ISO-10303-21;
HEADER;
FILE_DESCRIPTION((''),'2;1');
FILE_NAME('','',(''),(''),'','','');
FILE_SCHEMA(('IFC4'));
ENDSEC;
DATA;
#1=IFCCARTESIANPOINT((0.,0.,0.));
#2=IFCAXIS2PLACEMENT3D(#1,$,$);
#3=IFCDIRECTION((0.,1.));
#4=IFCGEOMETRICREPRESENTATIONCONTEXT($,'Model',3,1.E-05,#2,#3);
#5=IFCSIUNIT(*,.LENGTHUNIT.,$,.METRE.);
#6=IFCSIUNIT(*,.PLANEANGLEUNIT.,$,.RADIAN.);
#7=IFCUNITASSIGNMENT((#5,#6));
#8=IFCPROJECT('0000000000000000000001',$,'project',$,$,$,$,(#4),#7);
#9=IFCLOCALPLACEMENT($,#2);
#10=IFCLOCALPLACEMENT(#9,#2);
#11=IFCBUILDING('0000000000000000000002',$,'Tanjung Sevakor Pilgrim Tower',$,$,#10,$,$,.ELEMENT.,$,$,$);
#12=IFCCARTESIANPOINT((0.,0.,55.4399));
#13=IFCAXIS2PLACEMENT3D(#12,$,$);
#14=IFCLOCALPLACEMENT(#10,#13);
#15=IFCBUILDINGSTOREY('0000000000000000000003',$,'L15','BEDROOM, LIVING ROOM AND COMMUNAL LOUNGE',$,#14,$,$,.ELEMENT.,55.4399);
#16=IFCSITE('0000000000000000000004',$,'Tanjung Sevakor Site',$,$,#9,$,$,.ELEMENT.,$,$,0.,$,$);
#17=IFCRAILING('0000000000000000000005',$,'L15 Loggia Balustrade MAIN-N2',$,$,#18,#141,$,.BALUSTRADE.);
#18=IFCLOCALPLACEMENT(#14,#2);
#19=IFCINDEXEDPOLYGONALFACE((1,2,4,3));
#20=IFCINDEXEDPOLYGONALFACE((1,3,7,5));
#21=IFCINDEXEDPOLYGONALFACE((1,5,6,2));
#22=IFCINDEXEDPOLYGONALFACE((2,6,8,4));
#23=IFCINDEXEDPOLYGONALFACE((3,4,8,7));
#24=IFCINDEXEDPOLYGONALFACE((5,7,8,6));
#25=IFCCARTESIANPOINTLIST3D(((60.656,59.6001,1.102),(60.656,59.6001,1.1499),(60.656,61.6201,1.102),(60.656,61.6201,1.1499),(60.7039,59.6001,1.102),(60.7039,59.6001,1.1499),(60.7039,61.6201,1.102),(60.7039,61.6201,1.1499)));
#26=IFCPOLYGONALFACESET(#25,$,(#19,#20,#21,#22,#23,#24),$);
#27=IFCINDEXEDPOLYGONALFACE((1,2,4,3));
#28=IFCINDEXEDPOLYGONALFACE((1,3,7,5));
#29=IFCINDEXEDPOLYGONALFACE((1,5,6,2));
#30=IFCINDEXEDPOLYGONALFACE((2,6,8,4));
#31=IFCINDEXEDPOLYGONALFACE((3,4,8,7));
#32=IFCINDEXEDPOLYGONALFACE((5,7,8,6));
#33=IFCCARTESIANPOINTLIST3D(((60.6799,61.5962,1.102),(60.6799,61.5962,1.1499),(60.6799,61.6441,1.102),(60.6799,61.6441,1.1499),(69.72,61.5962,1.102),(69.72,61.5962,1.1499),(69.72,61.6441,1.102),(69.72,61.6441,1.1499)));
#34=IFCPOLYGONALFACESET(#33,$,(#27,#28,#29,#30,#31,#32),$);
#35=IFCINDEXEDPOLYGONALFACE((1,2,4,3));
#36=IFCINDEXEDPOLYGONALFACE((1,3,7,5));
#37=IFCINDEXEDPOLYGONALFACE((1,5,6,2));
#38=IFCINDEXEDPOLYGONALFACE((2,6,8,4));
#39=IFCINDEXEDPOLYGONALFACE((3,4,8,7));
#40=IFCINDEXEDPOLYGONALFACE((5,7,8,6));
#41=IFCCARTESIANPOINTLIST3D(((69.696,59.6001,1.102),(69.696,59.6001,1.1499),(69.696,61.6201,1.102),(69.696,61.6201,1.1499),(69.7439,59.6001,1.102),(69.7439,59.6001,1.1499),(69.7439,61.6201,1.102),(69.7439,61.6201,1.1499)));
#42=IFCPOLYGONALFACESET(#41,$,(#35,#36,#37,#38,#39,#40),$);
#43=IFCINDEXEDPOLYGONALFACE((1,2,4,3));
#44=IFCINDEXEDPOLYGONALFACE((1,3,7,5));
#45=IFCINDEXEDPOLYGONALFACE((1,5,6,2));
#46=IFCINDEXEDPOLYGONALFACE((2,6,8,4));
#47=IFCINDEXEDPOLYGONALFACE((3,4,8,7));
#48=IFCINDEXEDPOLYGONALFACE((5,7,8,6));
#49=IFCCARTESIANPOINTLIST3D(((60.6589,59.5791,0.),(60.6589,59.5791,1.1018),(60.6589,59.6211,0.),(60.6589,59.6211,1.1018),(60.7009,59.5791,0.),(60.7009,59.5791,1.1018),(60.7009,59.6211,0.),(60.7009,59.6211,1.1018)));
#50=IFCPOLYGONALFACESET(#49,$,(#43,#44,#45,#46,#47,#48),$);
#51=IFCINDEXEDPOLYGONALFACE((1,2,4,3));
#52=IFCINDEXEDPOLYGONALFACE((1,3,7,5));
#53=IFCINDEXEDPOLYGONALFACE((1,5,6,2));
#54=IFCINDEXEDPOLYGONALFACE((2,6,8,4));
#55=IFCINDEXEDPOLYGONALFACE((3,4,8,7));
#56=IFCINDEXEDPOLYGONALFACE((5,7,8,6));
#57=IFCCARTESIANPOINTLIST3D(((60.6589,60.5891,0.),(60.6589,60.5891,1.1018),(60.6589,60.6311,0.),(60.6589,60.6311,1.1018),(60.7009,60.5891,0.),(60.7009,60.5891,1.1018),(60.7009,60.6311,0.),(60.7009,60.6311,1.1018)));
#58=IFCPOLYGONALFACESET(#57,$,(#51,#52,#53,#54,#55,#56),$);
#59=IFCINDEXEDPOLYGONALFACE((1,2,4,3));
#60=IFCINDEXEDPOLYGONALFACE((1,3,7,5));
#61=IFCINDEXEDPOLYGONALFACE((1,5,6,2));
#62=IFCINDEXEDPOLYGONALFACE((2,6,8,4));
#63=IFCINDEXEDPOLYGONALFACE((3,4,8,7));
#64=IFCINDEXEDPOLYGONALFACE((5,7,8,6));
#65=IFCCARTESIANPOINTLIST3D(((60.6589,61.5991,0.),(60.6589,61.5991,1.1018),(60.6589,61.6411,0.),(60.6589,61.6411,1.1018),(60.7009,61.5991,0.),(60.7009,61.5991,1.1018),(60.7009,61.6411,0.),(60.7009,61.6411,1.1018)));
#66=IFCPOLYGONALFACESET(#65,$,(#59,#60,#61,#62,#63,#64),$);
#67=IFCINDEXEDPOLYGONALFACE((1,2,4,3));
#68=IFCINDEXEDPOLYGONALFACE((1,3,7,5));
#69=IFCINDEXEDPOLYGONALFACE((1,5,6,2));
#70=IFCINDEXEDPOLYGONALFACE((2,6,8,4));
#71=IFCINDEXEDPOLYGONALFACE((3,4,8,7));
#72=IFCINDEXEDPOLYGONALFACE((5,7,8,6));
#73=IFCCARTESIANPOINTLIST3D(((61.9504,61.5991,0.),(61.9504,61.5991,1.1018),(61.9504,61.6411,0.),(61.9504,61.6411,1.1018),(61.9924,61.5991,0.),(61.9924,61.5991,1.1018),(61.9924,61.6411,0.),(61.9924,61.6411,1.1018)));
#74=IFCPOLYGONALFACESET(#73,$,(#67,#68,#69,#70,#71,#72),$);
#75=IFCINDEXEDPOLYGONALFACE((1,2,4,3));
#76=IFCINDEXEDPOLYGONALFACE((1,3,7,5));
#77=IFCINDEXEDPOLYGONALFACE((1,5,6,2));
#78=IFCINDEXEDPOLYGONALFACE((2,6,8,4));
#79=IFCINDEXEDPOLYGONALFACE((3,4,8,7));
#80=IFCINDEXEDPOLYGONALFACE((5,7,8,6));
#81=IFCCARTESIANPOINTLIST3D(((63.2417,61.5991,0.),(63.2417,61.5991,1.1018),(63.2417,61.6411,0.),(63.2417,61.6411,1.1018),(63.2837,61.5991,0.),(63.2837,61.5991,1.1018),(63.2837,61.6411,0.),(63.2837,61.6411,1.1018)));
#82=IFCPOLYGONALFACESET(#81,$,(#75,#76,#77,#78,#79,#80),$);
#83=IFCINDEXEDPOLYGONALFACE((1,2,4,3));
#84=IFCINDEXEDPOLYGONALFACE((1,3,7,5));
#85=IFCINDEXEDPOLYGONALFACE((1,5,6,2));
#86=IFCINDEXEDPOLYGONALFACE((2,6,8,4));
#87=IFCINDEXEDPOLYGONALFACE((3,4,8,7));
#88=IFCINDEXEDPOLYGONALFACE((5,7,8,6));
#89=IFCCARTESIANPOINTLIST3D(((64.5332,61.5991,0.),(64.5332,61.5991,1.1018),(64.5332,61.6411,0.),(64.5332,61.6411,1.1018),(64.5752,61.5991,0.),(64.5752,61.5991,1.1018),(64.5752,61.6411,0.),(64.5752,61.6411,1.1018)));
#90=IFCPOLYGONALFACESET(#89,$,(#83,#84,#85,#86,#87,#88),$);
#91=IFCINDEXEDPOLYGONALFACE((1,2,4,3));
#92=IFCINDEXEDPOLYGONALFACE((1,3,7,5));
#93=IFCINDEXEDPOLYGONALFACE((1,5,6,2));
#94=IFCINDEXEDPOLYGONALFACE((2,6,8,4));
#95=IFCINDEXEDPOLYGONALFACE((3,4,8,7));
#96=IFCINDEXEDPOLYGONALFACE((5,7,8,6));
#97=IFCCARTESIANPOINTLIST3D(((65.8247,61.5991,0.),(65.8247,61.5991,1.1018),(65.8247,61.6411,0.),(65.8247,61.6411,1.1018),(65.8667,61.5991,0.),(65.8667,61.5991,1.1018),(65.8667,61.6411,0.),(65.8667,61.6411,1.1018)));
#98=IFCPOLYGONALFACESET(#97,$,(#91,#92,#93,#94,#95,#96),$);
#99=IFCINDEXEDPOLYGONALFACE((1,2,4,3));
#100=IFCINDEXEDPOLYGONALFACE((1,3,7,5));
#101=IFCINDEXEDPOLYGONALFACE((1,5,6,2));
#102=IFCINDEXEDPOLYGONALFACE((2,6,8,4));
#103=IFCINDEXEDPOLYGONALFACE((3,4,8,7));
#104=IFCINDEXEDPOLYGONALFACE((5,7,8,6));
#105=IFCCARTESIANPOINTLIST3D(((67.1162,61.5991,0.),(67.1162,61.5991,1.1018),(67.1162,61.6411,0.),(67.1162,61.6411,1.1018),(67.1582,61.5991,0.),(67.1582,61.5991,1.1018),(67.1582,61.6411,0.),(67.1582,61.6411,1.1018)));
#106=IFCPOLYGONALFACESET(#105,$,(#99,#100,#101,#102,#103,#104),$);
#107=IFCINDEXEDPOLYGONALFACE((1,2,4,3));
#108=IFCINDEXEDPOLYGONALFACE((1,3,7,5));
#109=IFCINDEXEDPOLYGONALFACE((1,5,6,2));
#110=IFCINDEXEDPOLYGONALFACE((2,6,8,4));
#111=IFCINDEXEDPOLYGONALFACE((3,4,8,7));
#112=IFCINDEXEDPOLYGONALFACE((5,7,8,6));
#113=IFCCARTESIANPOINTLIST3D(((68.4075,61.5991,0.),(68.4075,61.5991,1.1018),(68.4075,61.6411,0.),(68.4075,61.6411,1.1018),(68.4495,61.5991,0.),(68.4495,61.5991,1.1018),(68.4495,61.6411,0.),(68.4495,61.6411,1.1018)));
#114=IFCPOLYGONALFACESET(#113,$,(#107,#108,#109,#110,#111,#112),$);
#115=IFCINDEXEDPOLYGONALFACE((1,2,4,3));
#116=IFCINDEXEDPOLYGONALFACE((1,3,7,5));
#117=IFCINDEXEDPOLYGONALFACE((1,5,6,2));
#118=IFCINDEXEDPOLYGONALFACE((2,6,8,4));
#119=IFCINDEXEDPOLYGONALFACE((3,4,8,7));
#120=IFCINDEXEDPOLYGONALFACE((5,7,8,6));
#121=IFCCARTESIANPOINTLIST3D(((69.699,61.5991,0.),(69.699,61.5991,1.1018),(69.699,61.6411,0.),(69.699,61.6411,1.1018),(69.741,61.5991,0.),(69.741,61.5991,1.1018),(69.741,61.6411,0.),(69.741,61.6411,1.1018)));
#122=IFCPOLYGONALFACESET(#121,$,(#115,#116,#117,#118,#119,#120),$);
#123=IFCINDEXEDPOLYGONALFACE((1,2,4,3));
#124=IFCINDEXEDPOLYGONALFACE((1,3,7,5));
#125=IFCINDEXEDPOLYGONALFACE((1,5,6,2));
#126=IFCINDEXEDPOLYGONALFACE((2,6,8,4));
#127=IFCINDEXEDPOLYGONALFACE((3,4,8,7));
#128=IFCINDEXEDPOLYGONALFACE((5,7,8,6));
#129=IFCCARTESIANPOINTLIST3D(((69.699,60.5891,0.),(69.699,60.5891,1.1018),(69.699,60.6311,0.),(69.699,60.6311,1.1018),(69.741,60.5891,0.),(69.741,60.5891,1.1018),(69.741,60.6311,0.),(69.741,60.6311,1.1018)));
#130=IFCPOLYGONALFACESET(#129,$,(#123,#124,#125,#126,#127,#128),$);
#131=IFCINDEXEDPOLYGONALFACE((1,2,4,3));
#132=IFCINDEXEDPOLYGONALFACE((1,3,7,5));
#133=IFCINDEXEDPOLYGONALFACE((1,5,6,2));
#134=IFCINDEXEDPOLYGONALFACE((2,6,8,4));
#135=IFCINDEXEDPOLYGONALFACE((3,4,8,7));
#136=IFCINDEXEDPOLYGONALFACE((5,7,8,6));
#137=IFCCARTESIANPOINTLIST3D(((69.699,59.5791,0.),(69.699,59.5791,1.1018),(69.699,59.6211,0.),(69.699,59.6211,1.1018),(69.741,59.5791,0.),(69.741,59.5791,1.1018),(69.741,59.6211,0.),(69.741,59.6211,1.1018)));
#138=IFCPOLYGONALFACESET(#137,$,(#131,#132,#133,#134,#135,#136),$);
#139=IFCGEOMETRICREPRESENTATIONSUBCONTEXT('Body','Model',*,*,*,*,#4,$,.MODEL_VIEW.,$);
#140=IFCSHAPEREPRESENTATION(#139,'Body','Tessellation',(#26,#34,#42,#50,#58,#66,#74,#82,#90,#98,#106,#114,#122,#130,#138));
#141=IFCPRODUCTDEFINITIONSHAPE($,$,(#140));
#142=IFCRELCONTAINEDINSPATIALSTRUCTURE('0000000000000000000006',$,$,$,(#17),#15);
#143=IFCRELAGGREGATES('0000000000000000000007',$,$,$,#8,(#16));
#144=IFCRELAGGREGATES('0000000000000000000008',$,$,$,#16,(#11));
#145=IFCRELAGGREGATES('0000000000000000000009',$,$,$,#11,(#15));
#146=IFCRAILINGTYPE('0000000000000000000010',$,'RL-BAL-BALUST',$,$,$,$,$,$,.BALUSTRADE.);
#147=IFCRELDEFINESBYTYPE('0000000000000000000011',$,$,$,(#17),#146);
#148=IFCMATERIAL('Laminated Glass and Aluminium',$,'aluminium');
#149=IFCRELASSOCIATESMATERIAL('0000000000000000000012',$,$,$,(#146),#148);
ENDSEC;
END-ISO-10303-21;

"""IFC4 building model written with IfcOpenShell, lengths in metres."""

from ifc_helpers import new_model, si_unit, direction, frame, origin, place, context, subcontext, project, spatial, rectangle, extrude, material, type_object, element, save


model = new_model("IFC4")

# Units and contexts
model_context = context("Model", 3, precision=1e-05, world=origin(), true_north=direction((0.0, 1.0)))
body_context = subcontext(model_context, "Body", "Model", "MODEL_VIEW")
ifc_project = project(units=[si_unit("LENGTHUNIT", "METRE"), si_unit("PLANEANGLEUNIT", "RADIAN")], contexts=[model_context])

# Site, building, storey
site_placement = place(None, origin())
site = spatial("IfcSite", under=ifc_project, at=site_placement, Name="Tanjung Sevakor Site", CompositionType="ELEMENT", RefElevation=0.0)
building_placement = place(site_placement, origin())
building = spatial("IfcBuilding", under=site, at=building_placement, Name="Tanjung Sevakor Pilgrim Tower", CompositionType="ELEMENT")
storey_placement = place(building_placement, frame((0.0, 0.0, 55.4399)))
storey = spatial("IfcBuildingStorey", under=building, at=storey_placement, Name="L15", Description="BEDROOM, LIVING ROOM AND COMMUNAL LOUNGE", CompositionType="ELEMENT", Elevation=55.4399)

# Railing
ifc_material_1 = material(Name="Laminated Glass and Aluminium", Category="aluminium")
railing_type_1 = type_object("IfcRailingType", Name="RL-BAL-BALUST", PredefinedType="BALUSTRADE", material=ifc_material_1)
railing_1_placement = place(storey_placement, frame((60.6799, 59.6001, 0.0)))
element("IfcRailing", 1, at=railing_1_placement, inside=storey, type_object=railing_type_1, Name="L15 Loggia Balustrade MAIN-N2", PredefinedType="BALUSTRADE", context=body_context, shape_type="SweptSolid", body=[
    extrude(rectangle(XDim=0.0479, YDim=0.0479), frame((0.0, 0.0, 1.126), z_axis=(0.0, 1.0, 0.0), x_axis=(-1.0, 0.0, 0.0)), (0.0, 0.0, 1.0), 2.02),
    extrude(rectangle(XDim=0.0479, YDim=0.0479), frame((0.0, 2.02, 1.126), z_axis=(1.0, 0.0, 0.0), x_axis=(0.0, 1.0, 0.0)), (0.0, 0.0, 1.0), 9.04),
    extrude(rectangle(XDim=0.0479, YDim=0.0479), frame((9.04, 2.02, 1.126), z_axis=(0.0, -1.0, 0.0), x_axis=(1.0, 0.0, 0.0)), (0.0, 0.0, 1.0), 2.02),
    extrude(rectangle(XDim=0.042, YDim=0.042), origin(), (0.0, 0.0, 1.0), 1.1018),
    extrude(rectangle(XDim=0.042, YDim=0.042), frame((0.0, 1.01, 0.0)), (0.0, 0.0, 1.0), 1.1018),
    extrude(rectangle(XDim=0.042, YDim=0.042), frame((0.0, 2.02, 0.0)), (0.0, 0.0, 1.0), 1.1018),
    extrude(rectangle(XDim=0.042, YDim=0.042), frame((1.2915, 2.02, 0.0)), (0.0, 0.0, 1.0), 1.1018),
    extrude(rectangle(XDim=0.042, YDim=0.042), frame((2.5828, 2.02, 0.0)), (0.0, 0.0, 1.0), 1.1018),
    extrude(rectangle(XDim=0.042, YDim=0.042), frame((3.8743, 2.02, 0.0)), (0.0, 0.0, 1.0), 1.1018),
    extrude(rectangle(XDim=0.042, YDim=0.042), frame((5.1658, 2.02, 0.0)), (0.0, 0.0, 1.0), 1.1018),
    extrude(rectangle(XDim=0.042, YDim=0.042), frame((6.4573, 2.02, 0.0)), (0.0, 0.0, 1.0), 1.1018),
    extrude(rectangle(XDim=0.042, YDim=0.042), frame((7.7485, 2.02, 0.0)), (0.0, 0.0, 1.0), 1.1018),
    extrude(rectangle(XDim=0.042, YDim=0.042), frame((9.04, 2.02, 0.0)), (0.0, 0.0, 1.0), 1.1018),
    extrude(rectangle(XDim=0.042, YDim=0.042), frame((9.04, 1.01, 0.0)), (0.0, 0.0, 1.0), 1.1018),
    extrude(rectangle(XDim=0.042, YDim=0.042), frame((9.04, 0.0, 0.0)), (0.0, 0.0, 1.0), 1.1018),
])

save(model, "model.ifc")
